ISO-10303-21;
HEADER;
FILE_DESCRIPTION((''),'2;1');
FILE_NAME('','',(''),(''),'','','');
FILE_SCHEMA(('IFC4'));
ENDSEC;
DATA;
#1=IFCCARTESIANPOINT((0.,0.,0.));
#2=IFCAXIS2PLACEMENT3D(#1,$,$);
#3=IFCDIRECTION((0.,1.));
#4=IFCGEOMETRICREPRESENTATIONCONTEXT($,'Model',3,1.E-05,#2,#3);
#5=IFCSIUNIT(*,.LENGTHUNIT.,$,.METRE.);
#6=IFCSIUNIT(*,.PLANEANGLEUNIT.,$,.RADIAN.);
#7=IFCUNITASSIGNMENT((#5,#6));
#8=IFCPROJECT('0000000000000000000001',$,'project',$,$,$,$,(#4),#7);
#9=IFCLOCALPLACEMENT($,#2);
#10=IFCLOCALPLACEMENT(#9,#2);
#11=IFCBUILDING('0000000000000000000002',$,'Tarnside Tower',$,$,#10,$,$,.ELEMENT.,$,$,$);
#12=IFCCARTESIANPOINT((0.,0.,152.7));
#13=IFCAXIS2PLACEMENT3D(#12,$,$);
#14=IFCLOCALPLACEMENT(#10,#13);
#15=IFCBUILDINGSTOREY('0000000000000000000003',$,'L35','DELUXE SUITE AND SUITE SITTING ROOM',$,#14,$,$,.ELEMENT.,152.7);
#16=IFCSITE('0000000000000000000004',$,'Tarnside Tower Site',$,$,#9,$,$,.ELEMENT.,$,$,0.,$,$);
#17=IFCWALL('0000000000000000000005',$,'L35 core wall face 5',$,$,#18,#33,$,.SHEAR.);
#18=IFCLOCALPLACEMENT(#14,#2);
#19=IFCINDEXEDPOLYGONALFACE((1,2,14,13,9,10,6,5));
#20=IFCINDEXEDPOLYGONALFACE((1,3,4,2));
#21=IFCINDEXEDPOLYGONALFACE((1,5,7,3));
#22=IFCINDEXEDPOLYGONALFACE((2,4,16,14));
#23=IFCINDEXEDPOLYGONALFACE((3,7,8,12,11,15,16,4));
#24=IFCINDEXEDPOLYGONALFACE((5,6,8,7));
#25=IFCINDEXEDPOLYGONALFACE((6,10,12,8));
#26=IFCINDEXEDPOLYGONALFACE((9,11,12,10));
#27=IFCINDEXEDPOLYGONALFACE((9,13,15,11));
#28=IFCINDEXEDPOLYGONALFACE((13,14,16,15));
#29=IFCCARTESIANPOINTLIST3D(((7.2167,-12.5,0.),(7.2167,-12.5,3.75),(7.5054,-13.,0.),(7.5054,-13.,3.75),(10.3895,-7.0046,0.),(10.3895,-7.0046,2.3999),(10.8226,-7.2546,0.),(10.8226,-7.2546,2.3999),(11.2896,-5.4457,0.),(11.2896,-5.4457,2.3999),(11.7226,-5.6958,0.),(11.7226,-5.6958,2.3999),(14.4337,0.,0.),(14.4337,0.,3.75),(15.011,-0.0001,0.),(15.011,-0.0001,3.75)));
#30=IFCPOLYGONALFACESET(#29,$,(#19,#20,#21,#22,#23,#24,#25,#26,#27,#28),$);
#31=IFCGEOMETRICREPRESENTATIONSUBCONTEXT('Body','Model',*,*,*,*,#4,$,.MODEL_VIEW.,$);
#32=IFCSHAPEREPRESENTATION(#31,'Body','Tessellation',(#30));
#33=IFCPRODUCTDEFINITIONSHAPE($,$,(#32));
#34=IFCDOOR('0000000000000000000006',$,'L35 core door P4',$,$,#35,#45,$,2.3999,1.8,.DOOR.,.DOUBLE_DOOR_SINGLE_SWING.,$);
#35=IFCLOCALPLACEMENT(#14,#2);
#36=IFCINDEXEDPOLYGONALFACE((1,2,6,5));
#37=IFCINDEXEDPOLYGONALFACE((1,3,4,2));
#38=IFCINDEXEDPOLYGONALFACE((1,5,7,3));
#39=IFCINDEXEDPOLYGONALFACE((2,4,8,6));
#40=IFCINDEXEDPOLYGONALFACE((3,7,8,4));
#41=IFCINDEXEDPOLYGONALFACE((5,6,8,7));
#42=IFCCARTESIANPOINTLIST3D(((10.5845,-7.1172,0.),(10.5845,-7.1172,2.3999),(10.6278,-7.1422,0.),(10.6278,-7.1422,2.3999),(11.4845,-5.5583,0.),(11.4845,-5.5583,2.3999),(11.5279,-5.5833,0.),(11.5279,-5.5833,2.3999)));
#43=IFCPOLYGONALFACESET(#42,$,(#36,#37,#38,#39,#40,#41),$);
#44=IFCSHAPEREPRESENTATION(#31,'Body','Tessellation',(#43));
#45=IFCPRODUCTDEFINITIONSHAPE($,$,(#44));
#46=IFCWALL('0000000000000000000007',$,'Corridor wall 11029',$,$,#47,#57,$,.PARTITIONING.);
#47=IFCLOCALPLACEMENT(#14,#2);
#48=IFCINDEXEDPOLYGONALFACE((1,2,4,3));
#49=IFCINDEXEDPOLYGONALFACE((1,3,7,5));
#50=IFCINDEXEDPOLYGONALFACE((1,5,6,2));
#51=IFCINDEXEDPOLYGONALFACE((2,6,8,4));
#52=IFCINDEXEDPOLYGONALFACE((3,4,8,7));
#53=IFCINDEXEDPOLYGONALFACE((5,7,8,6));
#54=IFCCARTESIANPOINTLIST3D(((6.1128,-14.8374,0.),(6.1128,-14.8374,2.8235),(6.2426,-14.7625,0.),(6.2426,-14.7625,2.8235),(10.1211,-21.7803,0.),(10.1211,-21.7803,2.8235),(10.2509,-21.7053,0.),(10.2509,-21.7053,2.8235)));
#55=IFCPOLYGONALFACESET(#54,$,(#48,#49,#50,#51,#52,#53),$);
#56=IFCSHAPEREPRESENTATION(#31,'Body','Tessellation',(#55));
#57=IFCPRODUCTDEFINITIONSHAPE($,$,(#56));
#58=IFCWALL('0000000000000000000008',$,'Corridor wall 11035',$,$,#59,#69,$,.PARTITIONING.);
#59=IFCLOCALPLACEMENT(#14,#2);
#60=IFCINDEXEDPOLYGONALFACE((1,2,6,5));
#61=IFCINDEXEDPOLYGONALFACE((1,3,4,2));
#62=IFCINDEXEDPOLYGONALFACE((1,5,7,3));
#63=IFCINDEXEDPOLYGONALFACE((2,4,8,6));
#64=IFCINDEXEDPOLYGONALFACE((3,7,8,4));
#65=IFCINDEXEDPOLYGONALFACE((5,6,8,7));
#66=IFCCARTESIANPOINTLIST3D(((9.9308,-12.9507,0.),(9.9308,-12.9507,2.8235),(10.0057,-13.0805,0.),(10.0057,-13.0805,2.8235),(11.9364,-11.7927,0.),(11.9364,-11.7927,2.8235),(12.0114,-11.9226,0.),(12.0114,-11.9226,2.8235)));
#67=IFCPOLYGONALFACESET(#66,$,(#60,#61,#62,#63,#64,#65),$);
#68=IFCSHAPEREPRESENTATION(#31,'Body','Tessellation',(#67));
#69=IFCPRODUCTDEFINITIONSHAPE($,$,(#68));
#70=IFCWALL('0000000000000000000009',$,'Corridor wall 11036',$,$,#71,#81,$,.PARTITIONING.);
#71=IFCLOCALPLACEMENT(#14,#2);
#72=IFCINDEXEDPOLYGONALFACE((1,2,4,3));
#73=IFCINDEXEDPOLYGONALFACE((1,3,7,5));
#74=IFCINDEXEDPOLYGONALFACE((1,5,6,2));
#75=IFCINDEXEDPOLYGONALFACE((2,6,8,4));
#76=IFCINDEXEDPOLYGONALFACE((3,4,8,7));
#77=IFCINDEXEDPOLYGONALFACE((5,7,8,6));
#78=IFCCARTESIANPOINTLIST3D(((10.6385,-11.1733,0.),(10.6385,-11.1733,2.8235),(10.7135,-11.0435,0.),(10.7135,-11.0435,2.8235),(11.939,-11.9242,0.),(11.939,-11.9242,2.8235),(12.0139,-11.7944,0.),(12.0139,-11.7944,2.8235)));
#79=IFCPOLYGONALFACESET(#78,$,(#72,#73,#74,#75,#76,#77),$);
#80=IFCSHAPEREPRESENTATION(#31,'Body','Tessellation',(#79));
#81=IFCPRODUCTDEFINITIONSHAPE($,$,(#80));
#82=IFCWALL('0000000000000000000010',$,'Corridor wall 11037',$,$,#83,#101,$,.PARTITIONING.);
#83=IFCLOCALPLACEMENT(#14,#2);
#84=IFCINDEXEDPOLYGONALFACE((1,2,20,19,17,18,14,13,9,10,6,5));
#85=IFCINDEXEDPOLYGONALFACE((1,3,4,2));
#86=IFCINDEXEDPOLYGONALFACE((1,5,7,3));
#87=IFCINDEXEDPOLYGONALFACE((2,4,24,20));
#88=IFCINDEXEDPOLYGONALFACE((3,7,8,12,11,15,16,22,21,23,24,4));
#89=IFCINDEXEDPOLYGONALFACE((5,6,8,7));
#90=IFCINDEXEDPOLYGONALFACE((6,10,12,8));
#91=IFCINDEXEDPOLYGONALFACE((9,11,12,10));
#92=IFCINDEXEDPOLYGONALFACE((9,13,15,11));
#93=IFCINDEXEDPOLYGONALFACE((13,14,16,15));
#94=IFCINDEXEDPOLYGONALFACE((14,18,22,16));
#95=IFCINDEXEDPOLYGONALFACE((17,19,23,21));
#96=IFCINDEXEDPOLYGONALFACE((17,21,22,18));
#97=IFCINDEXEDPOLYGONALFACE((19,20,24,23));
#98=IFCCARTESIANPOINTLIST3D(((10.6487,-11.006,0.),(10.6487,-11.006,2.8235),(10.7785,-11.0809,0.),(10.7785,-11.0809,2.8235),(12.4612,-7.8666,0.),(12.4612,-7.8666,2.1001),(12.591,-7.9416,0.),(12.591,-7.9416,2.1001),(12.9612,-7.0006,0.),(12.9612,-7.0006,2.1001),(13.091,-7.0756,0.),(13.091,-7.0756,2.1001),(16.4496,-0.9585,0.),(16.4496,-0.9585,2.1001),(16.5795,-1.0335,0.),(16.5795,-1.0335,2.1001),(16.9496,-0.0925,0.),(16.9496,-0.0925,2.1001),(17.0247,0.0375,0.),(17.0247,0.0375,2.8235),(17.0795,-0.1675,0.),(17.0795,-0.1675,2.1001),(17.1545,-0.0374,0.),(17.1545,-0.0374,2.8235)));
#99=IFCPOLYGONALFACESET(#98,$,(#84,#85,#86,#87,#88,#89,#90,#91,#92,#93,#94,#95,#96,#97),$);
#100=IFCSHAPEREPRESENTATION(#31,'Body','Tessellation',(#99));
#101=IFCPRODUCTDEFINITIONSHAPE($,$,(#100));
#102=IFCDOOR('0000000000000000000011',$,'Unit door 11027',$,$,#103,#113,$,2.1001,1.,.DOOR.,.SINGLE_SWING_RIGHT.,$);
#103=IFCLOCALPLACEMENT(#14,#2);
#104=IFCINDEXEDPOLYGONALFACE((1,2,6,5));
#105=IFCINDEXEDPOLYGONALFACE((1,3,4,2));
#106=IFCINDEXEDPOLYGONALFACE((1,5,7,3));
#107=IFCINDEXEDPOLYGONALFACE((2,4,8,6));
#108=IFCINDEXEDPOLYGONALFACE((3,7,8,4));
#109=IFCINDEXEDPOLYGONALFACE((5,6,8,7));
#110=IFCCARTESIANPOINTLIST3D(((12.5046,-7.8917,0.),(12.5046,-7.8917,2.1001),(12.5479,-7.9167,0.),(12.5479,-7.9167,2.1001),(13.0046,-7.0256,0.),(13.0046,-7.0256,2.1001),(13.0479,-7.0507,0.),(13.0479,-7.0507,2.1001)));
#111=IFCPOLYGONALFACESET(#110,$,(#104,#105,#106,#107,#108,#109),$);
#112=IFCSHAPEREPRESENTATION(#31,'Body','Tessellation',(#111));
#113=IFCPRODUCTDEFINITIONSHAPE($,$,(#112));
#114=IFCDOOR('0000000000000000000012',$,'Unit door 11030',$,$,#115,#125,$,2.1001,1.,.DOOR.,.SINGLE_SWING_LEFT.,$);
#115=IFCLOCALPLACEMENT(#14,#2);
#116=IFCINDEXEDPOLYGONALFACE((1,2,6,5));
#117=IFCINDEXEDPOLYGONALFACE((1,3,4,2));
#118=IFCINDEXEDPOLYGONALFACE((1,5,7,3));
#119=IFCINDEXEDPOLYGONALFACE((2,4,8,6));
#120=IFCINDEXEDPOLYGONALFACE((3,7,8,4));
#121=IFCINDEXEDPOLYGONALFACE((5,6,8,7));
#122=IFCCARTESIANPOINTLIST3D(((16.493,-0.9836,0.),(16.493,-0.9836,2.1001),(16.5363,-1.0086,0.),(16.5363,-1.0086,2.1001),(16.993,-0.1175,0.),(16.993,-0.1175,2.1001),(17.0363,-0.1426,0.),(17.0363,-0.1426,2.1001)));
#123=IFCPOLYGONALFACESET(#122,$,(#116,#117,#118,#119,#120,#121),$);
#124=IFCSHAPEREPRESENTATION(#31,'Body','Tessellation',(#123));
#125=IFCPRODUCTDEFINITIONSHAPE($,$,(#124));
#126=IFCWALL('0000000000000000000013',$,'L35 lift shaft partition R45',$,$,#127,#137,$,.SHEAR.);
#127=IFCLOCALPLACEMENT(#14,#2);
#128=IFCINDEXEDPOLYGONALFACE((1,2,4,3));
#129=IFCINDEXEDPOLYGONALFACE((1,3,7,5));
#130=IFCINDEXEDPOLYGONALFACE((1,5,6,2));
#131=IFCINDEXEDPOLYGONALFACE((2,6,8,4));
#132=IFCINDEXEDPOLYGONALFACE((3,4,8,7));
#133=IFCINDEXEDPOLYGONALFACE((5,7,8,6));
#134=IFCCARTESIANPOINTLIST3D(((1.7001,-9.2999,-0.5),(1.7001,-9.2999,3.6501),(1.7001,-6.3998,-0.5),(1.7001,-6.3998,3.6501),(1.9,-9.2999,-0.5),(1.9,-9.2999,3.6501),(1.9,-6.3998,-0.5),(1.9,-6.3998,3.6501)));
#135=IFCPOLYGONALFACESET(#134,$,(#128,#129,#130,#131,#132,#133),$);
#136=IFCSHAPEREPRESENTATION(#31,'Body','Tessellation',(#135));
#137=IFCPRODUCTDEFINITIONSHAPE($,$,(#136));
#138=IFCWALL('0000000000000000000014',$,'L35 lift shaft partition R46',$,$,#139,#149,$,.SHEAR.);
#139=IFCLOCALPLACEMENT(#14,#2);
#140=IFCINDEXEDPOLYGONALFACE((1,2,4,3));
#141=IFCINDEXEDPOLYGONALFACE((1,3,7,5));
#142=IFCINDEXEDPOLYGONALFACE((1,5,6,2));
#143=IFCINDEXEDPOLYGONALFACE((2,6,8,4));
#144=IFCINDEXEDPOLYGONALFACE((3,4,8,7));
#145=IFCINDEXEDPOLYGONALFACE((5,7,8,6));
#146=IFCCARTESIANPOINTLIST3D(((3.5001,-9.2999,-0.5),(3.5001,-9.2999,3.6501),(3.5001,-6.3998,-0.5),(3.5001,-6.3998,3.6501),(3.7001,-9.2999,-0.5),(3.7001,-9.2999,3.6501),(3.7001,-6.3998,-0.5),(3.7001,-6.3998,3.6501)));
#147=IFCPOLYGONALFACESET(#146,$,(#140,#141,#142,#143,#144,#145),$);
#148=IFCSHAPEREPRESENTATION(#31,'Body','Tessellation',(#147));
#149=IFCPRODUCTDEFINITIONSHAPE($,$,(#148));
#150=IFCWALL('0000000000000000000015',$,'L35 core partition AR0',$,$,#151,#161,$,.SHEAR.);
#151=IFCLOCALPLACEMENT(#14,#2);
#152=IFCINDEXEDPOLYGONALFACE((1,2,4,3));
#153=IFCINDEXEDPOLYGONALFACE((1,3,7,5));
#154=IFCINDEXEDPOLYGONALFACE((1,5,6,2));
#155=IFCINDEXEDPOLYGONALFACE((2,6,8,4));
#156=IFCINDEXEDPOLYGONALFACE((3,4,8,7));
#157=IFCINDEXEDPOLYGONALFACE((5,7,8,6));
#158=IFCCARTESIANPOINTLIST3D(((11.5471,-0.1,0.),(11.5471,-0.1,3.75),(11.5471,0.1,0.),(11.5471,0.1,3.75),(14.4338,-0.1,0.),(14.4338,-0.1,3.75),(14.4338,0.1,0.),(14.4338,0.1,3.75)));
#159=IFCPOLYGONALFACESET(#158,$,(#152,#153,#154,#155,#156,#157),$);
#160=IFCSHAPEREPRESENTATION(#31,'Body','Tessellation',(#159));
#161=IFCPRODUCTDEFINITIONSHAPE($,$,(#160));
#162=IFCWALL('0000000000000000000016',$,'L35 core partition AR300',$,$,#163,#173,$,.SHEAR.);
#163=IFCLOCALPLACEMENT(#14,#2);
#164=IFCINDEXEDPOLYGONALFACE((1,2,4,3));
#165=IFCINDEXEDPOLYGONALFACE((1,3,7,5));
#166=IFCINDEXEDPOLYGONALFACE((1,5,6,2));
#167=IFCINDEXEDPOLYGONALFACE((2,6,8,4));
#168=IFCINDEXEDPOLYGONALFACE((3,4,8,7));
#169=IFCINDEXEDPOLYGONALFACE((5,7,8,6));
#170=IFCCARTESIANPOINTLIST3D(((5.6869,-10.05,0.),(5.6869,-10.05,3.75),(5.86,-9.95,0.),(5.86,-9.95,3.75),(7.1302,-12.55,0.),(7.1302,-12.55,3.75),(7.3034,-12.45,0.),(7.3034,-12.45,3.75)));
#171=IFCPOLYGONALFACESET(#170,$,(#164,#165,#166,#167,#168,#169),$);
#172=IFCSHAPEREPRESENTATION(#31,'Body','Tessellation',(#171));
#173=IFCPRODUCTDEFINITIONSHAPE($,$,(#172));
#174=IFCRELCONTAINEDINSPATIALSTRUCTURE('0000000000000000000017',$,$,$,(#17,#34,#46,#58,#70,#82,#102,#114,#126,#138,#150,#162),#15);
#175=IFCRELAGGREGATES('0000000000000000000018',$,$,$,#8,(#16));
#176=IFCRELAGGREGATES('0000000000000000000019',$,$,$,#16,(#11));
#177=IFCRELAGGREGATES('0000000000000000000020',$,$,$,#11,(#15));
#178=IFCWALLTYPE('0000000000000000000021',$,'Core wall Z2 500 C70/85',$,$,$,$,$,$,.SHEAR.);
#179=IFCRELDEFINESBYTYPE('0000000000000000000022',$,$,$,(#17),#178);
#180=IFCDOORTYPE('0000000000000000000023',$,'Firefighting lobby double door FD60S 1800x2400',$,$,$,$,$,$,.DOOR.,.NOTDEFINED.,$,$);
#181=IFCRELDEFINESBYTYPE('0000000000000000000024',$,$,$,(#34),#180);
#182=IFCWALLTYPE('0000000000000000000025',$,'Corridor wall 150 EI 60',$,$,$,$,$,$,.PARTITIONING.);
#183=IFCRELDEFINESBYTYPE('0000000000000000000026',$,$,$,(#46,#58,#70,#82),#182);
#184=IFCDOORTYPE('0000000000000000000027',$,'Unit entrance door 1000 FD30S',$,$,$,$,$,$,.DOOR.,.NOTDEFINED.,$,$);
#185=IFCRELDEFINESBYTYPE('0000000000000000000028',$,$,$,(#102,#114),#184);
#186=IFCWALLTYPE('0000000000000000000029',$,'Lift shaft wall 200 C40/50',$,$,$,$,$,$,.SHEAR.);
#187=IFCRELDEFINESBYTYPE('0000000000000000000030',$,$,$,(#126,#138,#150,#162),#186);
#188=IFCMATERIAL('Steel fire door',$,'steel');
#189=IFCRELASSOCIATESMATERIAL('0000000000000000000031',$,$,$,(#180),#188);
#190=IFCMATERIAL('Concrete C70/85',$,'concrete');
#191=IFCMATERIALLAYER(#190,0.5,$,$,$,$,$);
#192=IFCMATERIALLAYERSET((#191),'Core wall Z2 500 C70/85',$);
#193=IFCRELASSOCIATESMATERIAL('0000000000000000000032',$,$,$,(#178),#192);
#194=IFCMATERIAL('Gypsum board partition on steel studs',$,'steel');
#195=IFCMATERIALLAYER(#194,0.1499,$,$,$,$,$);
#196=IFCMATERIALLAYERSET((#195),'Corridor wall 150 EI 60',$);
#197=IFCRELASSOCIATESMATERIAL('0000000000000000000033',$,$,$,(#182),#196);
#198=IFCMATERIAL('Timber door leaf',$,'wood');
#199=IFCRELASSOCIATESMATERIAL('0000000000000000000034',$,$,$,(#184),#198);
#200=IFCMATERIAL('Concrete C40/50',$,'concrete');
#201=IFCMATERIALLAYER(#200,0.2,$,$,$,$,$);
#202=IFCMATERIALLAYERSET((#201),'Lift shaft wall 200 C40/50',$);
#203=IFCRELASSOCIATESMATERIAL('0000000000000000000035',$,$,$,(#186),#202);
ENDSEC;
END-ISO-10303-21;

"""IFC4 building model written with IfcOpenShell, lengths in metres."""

from ifc_helpers import new_model, si_unit, direction, frame, frame_2d, origin, place, context, subcontext, project, spatial, polyline, rectangle, outline, extrude, material, layer, layer_set, type_object, element, fill, save


model = new_model("IFC4")

# Units and contexts
model_context = context("Model", 3, precision=1e-05, world=origin(), true_north=direction((0.0, 1.0)))
body_context = subcontext(model_context, "Body", "Model", "MODEL_VIEW")
ifc_project = project(units=[si_unit("LENGTHUNIT", "METRE"), si_unit("PLANEANGLEUNIT", "RADIAN")], contexts=[model_context])

# Site, building, storey
site_placement = place(None, origin())
site = spatial("IfcSite", under=ifc_project, at=site_placement, Name="Tarnside Tower Site", CompositionType="ELEMENT", RefElevation=0.0)
building_placement = place(site_placement, origin())
building = spatial("IfcBuilding", under=site, at=building_placement, Name="Tarnside Tower", CompositionType="ELEMENT")
storey_placement = place(building_placement, frame((0.0, 0.0, 152.7)))
storey = spatial("IfcBuildingStorey", under=building, at=storey_placement, Name="L35", Description="DELUXE SUITE AND SUITE SITTING ROOM", CompositionType="ELEMENT", Elevation=152.7)

# Shared definitions
ifc_material_1 = material(Name="Gypsum board partition on steel studs", Category="steel")

# Wall, opening, door
ifc_material_2 = material(Name="Timber door leaf", Category="wood")
ifc_material_3 = material(Name="Steel fire door", Category="steel")
door_type_1 = type_object("IfcDoorType", Name="Firefighting lobby double door FD60S 1800x2400", OperationType="NOTDEFINED", PredefinedType="DOOR", material=ifc_material_3)
ifc_material_4 = material(Name="Concrete C40/50", Category="concrete")
ifc_material_5 = material(Name="Concrete C70/85", Category="concrete")
ifc_layer_1 = layer(ifc_material_5, 0.5)
ifc_layer_set_1 = layer_set([ifc_layer_1], Name="Core wall Z2 500 C70/85")
wall_type_1 = type_object("IfcWallType", Name="Core wall Z2 500 C70/85", PredefinedType="SHEAR", material=ifc_layer_set_1)
wall_1_placement = place(storey_placement, frame((7.3611, -12.75, 0.0), z_axis=(0.0, 0.0, 1.0), x_axis=(0.500006, 0.866022, 0.0)))
wall_1 = element("IfcWall", 1, at=wall_1_placement, inside=storey, type_object=wall_type_1, Name="L35 core wall face 5", PredefinedType="SHEAR", context=body_context, shape_type="SweptSolid", body=[
    extrude(outline(polyline([(-0.1443, -0.25), (14.8667, -0.25), (14.5781, 0.25), (0.1443, 0.25), (-0.1443, -0.25)])), origin(), (0.0, 0.0, 1.0), 3.75),
])
opening_1_placement = place(wall_1_placement, frame((6.49, 0.0, 0.0)))
opening_1 = element("IfcOpeningElement", 2, at=opening_1_placement, cuts=wall_1, PredefinedType="OPENING", context=body_context, shape_type="SweptSolid", body=[
    extrude(rectangle(XDim=1.8, YDim=2.3999, at=frame_2d((0.8999, 1.2))), frame((0.0, 0.26, 0.0), z_axis=(0.0, -1.0, 0.0), x_axis=(1.0, 0.0, 0.0)), (0.0, 0.0, 1.0), 0.52),
])
door_1_placement = place(opening_1_placement, origin())
door_1 = element("IfcDoor", 3, at=door_1_placement, inside=storey, type_object=door_type_1, Name="L35 core door P4", OperationType="DOUBLE_DOOR_SINGLE_SWING", OverallHeight=2.3999, OverallWidth=1.8, PredefinedType="DOOR", context=body_context, shape_type="SweptSolid", body=[
    extrude(rectangle(XDim=1.8, YDim=2.3999, at=frame_2d((0.8999, 1.2))), frame((0.0, 0.0249, 0.0), z_axis=(0.0, -1.0, 0.0), x_axis=(1.0, 0.0, 0.0)), (0.0, 0.0, 1.0), 0.05),
])
fill(opening_1, door_1)

# Walls
ifc_layer_2 = layer(ifc_material_1, 0.1499)
ifc_layer_set_2 = layer_set([ifc_layer_2], Name="Corridor wall 150 EI 60")
wall_type_2 = type_object("IfcWallType", Name="Corridor wall 150 EI 60", PredefinedType="PARTITIONING", material=ifc_layer_set_2)
wall_2_placement = place(storey_placement, frame((6.1777, -14.8, 0.0), z_axis=(0.0, 0.0, 1.0), x_axis=(0.499984, -0.866034, 0.0)))
element("IfcWall", 4, at=wall_2_placement, inside=storey, type_object=wall_type_2, Name="Corridor wall 11029", PredefinedType="PARTITIONING", context=body_context, shape_type="SweptSolid", body=[
    extrude(rectangle(XDim=8.0168, YDim=0.1499, at=frame_2d((4.0083, 0.0))), origin(), (0.0, 0.0, 1.0), 2.8235),
])
wall_3_placement = place(storey_placement, frame((9.9683, -13.0156, 0.0), z_axis=(0.0, 0.0, 1.0), x_axis=(0.866022, 0.500005, 0.0)))
element("IfcWall", 5, at=wall_3_placement, inside=storey, type_object=wall_type_2, Name="Corridor wall 11035", PredefinedType="PARTITIONING", context=body_context, shape_type="SweptSolid", body=[
    extrude(rectangle(XDim=2.3159, YDim=0.1499, at=frame_2d((1.158, 0.0))), origin(), (0.0, 0.0, 1.0), 2.8235),
])
wall_4_placement = place(storey_placement, frame((11.9766, -11.8594, 0.0), z_axis=(0.0, 0.0, 1.0), x_axis=(-0.865993, 0.500055, 0.0)))
element("IfcWall", 6, at=wall_4_placement, inside=storey, type_object=wall_type_2, Name="Corridor wall 11036", PredefinedType="PARTITIONING", context=body_context, shape_type="SweptSolid", body=[
    extrude(rectangle(XDim=1.5017, YDim=0.1499, at=frame_2d((0.751, 0.0))), origin(), (0.0, 0.0, 1.0), 2.8235),
])

# Wall, openings, doors
wall_5_placement = place(storey_placement, frame((10.7136, -11.0435, 0.0), z_axis=(0.0, 0.0, 1.0), x_axis=(0.500002, 0.866024, 0.0)))
wall_5 = element("IfcWall", 7, at=wall_5_placement, inside=storey, type_object=wall_type_2, Name="Corridor wall 11037", PredefinedType="PARTITIONING", context=body_context, shape_type="SweptSolid", body=[
    extrude(rectangle(XDim=12.752, YDim=0.1499, at=frame_2d((6.376, 0.0))), origin(), (0.0, 0.0, 1.0), 2.8235),
])
opening_2_placement = place(wall_5_placement, frame((3.625, 0.0, 0.0)))
opening_2 = element("IfcOpeningElement", 8, at=opening_2_placement, cuts=wall_5, PredefinedType="OPENING", context=body_context, shape_type="SweptSolid", body=[
    extrude(rectangle(XDim=1.0, YDim=2.1001, at=frame_2d((0.5, 1.05))), frame((0.0, 0.085, 0.0), z_axis=(0.0, -1.0, 0.0), x_axis=(1.0, 0.0, 0.0)), (0.0, 0.0, 1.0), 0.1699),
])
opening_3_placement = place(wall_5_placement, frame((11.6018, 0.0, 0.0)))
opening_3 = element("IfcOpeningElement", 9, at=opening_3_placement, cuts=wall_5, PredefinedType="OPENING", context=body_context, shape_type="SweptSolid", body=[
    extrude(rectangle(XDim=1.0, YDim=2.1001, at=frame_2d((0.5, 1.05))), frame((0.0, 0.085, 0.0), z_axis=(0.0, -1.0, 0.0), x_axis=(1.0, 0.0, 0.0)), (0.0, 0.0, 1.0), 0.1699),
])
door_type_2 = type_object("IfcDoorType", Name="Unit entrance door 1000 FD30S", OperationType="NOTDEFINED", PredefinedType="DOOR", material=ifc_material_2)
door_2_placement = place(opening_2_placement, origin())
door_2 = element("IfcDoor", 10, at=door_2_placement, inside=storey, type_object=door_type_2, Name="Unit door 11027", OperationType="SINGLE_SWING_RIGHT", OverallHeight=2.1001, OverallWidth=1.0, PredefinedType="DOOR", context=body_context, shape_type="SweptSolid", body=[
    extrude(rectangle(XDim=1.0, YDim=2.1001, at=frame_2d((0.5, 1.05))), frame((0.0, 0.0249, 0.0), z_axis=(0.0, -1.0, 0.0), x_axis=(1.0, 0.0, 0.0)), (0.0, 0.0, 1.0), 0.05),
])
fill(opening_2, door_2)
door_3_placement = place(opening_3_placement, origin())
door_3 = element("IfcDoor", 11, at=door_3_placement, inside=storey, type_object=door_type_2, Name="Unit door 11030", OperationType="SINGLE_SWING_LEFT", OverallHeight=2.1001, OverallWidth=1.0, PredefinedType="DOOR", context=body_context, shape_type="SweptSolid", body=[
    extrude(rectangle(XDim=1.0, YDim=2.1001, at=frame_2d((0.5, 1.05))), frame((0.0, 0.0249, 0.0), z_axis=(0.0, -1.0, 0.0), x_axis=(1.0, 0.0, 0.0)), (0.0, 0.0, 1.0), 0.05),
])
fill(opening_3, door_3)

# Walls
ifc_layer_3 = layer(ifc_material_4, 0.2)
ifc_layer_set_3 = layer_set([ifc_layer_3], Name="Lift shaft wall 200 C40/50")
wall_type_3 = type_object("IfcWallType", Name="Lift shaft wall 200 C40/50", PredefinedType="SHEAR", material=ifc_layer_set_3)
for number, where, z_axis, x_axis, name in (
    (12, (1.8, -9.3, -0.5), (0.0, 0.0, 1.0), (0.0, 1.0, 0.0), "L35 lift shaft partition R45"),
    (13, (3.6001, -9.3, -0.5), (0.0, 0.0, 1.0), (0.0, 1.0, 0.0), "L35 lift shaft partition R46"),
):
    element("IfcWall", number, at=place(storey_placement, frame(where, z_axis=z_axis, x_axis=x_axis)), inside=storey, type_object=wall_type_3, Name=name, PredefinedType="SHEAR", context=body_context, shape_type="SweptSolid", body=[
        extrude(rectangle(XDim=2.9001, YDim=0.2, at=frame_2d((1.4502, 0.0))), origin(), (0.0, 0.0, 1.0), 4.1501),
    ])
for number, where, z_axis, x_axis, name in (
    (14, (11.5471, 0.0, 0.0), (0.0, 0.0, 1.0), (1.0, 0.0, 0.0), "L35 core partition AR0"),
    (15, (5.7734, -10.0, 0.0), (0.0, 0.0, 1.0), (0.499996, -0.866028, 0.0), "L35 core partition AR300"),
):
    element("IfcWall", number, at=place(storey_placement, frame(where, z_axis=z_axis, x_axis=x_axis)), inside=storey, type_object=wall_type_3, Name=name, PredefinedType="SHEAR", context=body_context, shape_type="SweptSolid", body=[
        extrude(rectangle(XDim=2.8867, YDim=0.2, at=frame_2d((1.4434, 0.0))), origin(), (0.0, 0.0, 1.0), 3.75),
    ])

save(model, "model.ifc")
